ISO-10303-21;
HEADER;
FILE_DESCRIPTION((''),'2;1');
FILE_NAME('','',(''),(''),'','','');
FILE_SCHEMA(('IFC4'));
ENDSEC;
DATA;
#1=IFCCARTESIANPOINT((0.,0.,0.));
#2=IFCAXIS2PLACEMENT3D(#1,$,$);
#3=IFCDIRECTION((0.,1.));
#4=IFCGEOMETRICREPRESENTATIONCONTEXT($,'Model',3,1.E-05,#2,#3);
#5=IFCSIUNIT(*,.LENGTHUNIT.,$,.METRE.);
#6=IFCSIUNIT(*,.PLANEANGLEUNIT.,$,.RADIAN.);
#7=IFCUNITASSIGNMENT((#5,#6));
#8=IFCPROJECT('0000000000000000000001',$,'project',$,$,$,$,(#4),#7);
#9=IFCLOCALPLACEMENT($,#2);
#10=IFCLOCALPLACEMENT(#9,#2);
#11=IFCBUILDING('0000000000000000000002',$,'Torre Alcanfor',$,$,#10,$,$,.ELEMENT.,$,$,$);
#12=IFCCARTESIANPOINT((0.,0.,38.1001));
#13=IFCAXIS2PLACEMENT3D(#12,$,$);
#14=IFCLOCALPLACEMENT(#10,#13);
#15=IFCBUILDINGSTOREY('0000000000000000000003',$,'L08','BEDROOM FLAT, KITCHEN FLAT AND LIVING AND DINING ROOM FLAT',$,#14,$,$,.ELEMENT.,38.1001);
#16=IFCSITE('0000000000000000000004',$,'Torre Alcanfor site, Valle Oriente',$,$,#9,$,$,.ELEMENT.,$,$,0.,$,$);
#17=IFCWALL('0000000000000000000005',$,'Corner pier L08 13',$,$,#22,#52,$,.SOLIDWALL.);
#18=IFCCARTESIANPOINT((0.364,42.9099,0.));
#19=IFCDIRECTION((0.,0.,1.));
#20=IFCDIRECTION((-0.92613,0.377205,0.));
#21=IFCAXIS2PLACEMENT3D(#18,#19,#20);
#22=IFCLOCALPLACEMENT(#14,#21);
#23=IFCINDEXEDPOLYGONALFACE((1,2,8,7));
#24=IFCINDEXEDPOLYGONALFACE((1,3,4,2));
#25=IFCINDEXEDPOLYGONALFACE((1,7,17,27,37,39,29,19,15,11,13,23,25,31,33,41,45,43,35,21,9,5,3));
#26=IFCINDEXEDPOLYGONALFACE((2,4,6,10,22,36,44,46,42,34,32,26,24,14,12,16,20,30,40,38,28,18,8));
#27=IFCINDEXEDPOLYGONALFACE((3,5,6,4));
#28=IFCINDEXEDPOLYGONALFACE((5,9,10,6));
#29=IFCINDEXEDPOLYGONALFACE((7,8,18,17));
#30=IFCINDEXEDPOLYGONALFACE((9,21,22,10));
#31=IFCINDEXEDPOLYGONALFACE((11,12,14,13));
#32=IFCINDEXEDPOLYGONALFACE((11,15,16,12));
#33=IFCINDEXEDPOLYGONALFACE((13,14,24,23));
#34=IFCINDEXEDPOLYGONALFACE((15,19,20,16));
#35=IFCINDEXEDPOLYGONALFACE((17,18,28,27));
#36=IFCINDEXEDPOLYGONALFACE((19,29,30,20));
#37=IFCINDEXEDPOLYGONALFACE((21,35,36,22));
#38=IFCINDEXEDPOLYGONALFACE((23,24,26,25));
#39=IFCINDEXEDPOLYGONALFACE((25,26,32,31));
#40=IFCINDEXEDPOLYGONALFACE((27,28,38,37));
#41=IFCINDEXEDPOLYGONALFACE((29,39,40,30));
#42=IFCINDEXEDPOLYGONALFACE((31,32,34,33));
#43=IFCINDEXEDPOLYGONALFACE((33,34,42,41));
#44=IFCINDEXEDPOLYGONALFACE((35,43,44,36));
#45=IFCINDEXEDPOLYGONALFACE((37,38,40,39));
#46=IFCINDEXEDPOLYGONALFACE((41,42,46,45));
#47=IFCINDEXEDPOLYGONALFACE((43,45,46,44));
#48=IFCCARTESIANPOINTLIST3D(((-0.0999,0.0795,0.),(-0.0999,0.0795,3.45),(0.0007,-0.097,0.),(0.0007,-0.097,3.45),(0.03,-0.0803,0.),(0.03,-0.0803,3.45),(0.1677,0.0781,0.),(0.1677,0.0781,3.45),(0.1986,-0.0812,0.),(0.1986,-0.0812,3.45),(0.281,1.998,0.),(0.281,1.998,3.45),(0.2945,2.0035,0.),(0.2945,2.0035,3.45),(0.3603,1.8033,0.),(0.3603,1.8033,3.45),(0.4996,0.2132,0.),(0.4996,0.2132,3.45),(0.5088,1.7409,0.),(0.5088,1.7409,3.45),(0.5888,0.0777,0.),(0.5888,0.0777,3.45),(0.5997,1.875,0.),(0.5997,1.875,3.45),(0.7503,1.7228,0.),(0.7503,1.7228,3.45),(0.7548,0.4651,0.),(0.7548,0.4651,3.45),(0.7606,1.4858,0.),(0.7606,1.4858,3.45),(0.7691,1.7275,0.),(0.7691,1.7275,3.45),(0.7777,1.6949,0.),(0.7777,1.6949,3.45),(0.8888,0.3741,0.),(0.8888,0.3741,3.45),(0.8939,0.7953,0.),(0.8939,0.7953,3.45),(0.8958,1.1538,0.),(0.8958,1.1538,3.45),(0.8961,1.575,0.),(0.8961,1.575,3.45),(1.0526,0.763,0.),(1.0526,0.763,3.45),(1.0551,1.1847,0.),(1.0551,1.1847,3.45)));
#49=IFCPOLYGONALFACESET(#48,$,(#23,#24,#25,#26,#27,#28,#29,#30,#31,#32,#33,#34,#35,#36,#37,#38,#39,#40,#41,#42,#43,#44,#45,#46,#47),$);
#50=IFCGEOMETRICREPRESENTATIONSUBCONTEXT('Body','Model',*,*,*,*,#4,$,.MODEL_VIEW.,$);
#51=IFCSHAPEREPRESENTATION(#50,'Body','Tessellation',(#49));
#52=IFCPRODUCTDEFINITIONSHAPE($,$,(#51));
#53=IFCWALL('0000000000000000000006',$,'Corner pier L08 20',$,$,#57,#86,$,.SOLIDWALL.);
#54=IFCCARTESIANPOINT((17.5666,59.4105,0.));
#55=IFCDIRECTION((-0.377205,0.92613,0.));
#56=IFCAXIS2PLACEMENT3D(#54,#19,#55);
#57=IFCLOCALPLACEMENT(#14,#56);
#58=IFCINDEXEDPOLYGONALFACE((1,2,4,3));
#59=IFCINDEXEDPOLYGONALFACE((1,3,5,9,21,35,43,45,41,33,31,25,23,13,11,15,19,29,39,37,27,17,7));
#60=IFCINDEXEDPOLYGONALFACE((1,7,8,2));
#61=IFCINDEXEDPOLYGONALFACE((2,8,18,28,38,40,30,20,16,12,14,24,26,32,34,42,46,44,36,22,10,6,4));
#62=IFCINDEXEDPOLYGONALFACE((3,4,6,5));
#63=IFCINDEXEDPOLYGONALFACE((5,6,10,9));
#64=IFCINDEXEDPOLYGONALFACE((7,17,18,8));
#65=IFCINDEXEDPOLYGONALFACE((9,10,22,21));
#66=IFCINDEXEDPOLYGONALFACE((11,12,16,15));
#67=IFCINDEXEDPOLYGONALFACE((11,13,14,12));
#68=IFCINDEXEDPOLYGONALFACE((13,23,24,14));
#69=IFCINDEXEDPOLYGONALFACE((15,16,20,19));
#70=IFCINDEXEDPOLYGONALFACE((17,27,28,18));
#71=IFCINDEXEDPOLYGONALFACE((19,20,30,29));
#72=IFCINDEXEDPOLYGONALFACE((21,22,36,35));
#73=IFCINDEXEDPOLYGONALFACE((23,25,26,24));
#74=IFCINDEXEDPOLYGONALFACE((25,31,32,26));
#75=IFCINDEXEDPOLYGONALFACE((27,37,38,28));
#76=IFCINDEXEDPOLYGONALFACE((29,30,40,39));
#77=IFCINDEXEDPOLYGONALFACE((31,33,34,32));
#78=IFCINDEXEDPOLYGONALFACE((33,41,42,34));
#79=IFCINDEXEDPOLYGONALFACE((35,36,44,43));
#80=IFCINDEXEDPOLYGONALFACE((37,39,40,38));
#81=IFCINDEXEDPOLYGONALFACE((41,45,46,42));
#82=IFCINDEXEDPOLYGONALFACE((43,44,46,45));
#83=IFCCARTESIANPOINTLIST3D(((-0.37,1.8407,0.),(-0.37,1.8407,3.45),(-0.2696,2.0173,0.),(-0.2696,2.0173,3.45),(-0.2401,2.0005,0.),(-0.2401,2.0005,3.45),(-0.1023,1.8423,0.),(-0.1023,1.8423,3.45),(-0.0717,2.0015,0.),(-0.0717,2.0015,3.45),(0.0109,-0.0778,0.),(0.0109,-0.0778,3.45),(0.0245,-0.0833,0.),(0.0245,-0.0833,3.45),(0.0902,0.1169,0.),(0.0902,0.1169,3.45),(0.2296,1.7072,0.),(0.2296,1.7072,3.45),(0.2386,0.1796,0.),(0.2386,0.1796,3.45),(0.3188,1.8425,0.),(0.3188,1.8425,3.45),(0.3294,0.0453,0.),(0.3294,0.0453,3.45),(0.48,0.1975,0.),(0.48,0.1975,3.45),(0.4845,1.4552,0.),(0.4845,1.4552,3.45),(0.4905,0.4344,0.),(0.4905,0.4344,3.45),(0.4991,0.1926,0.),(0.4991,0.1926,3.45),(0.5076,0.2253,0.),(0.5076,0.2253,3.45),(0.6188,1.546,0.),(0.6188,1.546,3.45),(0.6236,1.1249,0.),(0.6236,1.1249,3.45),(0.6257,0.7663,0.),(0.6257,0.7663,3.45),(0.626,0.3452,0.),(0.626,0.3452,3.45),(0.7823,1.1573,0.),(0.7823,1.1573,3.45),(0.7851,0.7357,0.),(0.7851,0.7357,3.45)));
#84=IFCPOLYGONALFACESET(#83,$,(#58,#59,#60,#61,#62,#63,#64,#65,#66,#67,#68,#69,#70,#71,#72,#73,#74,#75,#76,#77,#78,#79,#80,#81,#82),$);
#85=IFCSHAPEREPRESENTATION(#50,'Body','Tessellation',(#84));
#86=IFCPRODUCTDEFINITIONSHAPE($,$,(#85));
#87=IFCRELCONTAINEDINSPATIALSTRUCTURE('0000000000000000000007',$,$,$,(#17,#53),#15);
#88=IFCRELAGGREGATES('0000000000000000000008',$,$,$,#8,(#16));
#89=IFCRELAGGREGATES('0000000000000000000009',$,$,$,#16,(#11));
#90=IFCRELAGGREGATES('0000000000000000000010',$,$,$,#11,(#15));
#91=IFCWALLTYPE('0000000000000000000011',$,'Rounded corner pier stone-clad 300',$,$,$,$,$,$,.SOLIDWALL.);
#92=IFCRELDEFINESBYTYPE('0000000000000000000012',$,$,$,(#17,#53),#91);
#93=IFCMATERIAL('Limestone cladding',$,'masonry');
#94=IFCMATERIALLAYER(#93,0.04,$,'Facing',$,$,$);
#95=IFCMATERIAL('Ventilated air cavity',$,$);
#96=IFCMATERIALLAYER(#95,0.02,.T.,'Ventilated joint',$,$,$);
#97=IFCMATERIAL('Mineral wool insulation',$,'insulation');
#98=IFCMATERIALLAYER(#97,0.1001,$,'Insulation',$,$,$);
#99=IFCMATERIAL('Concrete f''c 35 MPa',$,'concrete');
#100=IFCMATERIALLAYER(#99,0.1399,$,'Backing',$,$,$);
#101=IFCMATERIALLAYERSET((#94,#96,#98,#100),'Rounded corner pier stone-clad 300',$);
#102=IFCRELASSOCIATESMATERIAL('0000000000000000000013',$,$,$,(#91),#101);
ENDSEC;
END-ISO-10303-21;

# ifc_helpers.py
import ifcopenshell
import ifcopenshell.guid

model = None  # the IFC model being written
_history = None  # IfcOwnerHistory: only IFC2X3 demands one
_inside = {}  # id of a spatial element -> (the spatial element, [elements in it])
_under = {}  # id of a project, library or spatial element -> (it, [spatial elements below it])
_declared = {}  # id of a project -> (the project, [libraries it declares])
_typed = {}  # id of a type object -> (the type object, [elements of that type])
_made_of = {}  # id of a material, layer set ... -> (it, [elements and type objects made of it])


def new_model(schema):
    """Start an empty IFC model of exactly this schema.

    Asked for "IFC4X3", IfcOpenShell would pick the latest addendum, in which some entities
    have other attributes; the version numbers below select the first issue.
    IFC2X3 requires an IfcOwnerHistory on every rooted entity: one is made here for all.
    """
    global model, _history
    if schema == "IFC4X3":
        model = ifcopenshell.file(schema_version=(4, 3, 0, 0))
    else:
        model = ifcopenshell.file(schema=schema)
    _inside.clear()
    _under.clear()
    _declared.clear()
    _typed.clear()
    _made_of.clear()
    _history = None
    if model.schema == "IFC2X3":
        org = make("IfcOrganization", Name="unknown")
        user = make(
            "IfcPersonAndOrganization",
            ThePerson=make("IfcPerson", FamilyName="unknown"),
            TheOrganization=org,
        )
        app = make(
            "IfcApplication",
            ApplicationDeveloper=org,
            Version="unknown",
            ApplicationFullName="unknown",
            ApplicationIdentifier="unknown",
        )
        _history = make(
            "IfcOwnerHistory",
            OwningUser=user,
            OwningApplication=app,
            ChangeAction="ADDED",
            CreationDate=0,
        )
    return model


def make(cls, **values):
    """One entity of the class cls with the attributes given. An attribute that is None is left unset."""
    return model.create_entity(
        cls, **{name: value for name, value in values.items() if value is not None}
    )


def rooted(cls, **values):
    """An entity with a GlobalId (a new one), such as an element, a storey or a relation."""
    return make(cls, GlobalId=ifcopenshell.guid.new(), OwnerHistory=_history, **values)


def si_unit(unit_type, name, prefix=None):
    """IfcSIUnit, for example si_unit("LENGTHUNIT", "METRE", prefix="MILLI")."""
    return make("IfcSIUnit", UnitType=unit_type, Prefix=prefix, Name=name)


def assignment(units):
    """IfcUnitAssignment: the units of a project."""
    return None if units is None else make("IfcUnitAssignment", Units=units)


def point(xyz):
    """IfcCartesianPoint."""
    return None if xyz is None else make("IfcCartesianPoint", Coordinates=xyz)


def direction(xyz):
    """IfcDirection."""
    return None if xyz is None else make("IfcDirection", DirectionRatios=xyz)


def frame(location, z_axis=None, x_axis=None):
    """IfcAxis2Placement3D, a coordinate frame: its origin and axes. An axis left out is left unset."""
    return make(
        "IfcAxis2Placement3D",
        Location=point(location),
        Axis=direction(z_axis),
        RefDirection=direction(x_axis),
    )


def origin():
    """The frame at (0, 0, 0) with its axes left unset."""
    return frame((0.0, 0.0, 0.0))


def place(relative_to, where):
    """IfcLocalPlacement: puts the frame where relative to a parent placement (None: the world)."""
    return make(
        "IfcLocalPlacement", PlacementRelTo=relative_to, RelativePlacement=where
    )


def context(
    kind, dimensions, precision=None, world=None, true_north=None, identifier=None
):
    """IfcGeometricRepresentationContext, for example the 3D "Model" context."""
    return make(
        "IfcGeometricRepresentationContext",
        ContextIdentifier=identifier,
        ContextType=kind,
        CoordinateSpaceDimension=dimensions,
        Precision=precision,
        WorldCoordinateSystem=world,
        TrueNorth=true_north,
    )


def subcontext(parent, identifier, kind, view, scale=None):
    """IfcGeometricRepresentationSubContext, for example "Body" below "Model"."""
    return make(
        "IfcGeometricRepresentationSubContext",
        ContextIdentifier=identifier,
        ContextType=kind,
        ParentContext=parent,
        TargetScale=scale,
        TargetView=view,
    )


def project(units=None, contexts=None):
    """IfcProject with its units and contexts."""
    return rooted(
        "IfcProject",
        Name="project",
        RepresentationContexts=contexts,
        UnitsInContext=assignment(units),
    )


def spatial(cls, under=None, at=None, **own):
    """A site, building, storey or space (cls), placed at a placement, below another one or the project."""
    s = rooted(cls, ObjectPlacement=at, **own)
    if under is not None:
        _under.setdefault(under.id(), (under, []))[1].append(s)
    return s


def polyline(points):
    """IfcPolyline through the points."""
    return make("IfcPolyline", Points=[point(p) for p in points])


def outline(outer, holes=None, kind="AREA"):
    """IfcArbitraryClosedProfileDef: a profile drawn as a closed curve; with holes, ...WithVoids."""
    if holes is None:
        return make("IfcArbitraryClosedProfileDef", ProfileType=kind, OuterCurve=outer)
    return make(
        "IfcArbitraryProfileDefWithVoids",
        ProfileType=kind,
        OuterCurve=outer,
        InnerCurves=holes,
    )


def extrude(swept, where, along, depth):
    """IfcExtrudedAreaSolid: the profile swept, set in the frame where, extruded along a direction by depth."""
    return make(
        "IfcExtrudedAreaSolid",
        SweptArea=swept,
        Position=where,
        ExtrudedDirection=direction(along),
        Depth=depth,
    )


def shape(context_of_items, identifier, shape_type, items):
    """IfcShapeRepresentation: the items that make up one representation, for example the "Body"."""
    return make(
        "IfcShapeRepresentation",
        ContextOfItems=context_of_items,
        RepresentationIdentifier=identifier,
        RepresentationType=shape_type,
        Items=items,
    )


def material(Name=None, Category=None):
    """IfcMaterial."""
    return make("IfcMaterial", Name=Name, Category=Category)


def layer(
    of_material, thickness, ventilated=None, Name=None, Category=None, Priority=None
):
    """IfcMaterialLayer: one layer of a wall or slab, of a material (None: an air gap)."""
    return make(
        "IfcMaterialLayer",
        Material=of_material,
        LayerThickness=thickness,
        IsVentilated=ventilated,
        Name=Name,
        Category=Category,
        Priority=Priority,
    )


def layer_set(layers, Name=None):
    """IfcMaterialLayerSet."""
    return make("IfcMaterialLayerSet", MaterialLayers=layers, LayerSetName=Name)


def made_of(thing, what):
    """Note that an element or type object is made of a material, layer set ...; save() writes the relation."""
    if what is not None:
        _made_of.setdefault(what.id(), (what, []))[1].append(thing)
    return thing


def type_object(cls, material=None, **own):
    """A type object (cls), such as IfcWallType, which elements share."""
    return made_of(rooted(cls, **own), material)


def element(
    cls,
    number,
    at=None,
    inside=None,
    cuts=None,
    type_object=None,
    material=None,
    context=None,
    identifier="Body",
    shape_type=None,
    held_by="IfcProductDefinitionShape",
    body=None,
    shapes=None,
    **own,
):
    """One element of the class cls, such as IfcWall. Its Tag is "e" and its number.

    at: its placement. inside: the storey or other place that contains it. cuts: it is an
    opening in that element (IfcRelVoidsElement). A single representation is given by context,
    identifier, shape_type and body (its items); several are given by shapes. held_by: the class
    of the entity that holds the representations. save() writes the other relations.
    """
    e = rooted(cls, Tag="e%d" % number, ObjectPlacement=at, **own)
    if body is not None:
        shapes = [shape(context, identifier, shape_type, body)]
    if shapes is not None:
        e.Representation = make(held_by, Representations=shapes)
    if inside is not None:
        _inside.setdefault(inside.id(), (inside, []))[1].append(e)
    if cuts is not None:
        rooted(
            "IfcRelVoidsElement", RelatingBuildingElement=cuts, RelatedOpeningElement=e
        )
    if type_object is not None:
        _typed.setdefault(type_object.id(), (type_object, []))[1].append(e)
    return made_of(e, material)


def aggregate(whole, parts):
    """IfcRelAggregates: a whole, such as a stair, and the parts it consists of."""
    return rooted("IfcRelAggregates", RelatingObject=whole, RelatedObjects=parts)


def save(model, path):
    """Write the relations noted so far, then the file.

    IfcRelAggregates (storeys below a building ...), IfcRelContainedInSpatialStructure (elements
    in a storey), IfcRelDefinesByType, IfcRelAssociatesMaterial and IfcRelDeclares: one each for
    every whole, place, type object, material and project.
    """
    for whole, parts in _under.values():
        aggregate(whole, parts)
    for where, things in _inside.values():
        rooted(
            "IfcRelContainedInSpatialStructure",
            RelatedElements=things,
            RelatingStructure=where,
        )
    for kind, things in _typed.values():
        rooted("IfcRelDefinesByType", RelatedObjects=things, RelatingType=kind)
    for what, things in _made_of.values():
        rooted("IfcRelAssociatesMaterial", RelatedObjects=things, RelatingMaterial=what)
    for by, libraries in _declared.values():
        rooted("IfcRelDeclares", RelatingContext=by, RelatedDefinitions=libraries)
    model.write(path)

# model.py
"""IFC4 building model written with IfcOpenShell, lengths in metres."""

from ifc_helpers import new_model, si_unit, direction, frame, origin, place, context, subcontext, project, spatial, polyline, outline, extrude, material, layer, layer_set, type_object, element, save


model = new_model("IFC4")

# Units and contexts
model_context = context("Model", 3, precision=1e-05, world=origin(), true_north=direction((0.0, 1.0)))
body_context = subcontext(model_context, "Body", "Model", "MODEL_VIEW")
ifc_project = project(units=[si_unit("LENGTHUNIT", "METRE"), si_unit("PLANEANGLEUNIT", "RADIAN")], contexts=[model_context])

# Site, building, storey
site_placement = place(None, origin())
site = spatial("IfcSite", under=ifc_project, at=site_placement, Name="Torre Alcanfor site, Valle Oriente", CompositionType="ELEMENT", RefElevation=0.0)
building_placement = place(site_placement, origin())
building = spatial("IfcBuilding", under=site, at=building_placement, Name="Torre Alcanfor", CompositionType="ELEMENT")
storey_placement = place(building_placement, frame((0.0, 0.0, 38.1001)))
storey = spatial("IfcBuildingStorey", under=building, at=storey_placement, Name="L08", Description="BEDROOM FLAT, KITCHEN FLAT AND LIVING AND DINING ROOM FLAT", CompositionType="ELEMENT", Elevation=38.1001)

# Shared definitions
ifc_material_1 = material(Name="Limestone cladding", Category="masonry")
ifc_material_2 = material(Name="Ventilated air cavity")
ifc_material_3 = material(Name="Mineral wool insulation", Category="insulation")
ifc_material_4 = material(Name="Concrete f'c 35 MPa", Category="concrete")

# Walls
ifc_layer_1 = layer(ifc_material_1, 0.04, Name="Facing")
ifc_layer_2 = layer(ifc_material_2, 0.02, ventilated=True, Name="Ventilated joint")
ifc_layer_3 = layer(ifc_material_3, 0.1001, Name="Insulation")
ifc_layer_4 = layer(ifc_material_4, 0.1399, Name="Backing")
ifc_layer_set_1 = layer_set([ifc_layer_1, ifc_layer_2, ifc_layer_3, ifc_layer_4], Name="Rounded corner pier stone-clad 300")
wall_type_1 = type_object("IfcWallType", Name="Rounded corner pier stone-clad 300", PredefinedType="SOLIDWALL", material=ifc_layer_set_1)
wall_1_placement = place(storey_placement, frame((0.364, 42.9099, 0.0), z_axis=(0.0, 0.0, 1.0), x_axis=(-0.92613, 0.377205, 0.0)))
element("IfcWall", 1, at=wall_1_placement, inside=storey, type_object=wall_type_1, Name="Corner pier L08 13", PredefinedType="SOLIDWALL", context=body_context, shape_type="SweptSolid", body=[
    extrude(outline(polyline([(0.3603, 1.8033), (0.5088, 1.7409), (0.7606, 1.4858), (0.8958, 1.1538), (0.8939, 0.7953), (0.7548, 0.4651), (0.4996, 0.2132), (0.1677, 0.0781), (-0.0999, 0.0795), (0.0007, -0.097), (0.03, -0.0803), (0.1986, -0.0812), (0.5888, 0.0777), (0.8888, 0.3741), (1.0526, 0.763), (1.0551, 1.1847), (0.8961, 1.575), (0.7777, 1.6949), (0.7691, 1.7275), (0.7503, 1.7228), (0.5997, 1.875), (0.2945, 2.0035), (0.281, 1.998), (0.3603, 1.8033)])), origin(), (0.0, 0.0, 1.0), 3.45),
])
wall_2_placement = place(storey_placement, frame((17.5666, 59.4105, 0.0), z_axis=(0.0, 0.0, 1.0), x_axis=(-0.377205, 0.92613, 0.0)))
element("IfcWall", 2, at=wall_2_placement, inside=storey, type_object=wall_type_1, Name="Corner pier L08 20", PredefinedType="SOLIDWALL", context=body_context, shape_type="SweptSolid", body=[
    extrude(outline(polyline([(-0.2696, 2.0173), (-0.37, 1.8407), (-0.1023, 1.8423), (0.2296, 1.7072), (0.4845, 1.4552), (0.6236, 1.1249), (0.6257, 0.7663), (0.4905, 0.4344), (0.2386, 0.1796), (0.0902, 0.1169), (0.0109, -0.0778), (0.0245, -0.0833), (0.3294, 0.0453), (0.48, 0.1975), (0.4991, 0.1926), (0.5076, 0.2253), (0.626, 0.3452), (0.7851, 0.7357), (0.7823, 1.1573), (0.6188, 1.546), (0.3188, 1.8425), (-0.0717, 2.0015), (-0.2401, 2.0005), (-0.2696, 2.0173)])), origin(), (0.0, 0.0, 1.0), 3.45),
])

save(model, "model.ifc")
